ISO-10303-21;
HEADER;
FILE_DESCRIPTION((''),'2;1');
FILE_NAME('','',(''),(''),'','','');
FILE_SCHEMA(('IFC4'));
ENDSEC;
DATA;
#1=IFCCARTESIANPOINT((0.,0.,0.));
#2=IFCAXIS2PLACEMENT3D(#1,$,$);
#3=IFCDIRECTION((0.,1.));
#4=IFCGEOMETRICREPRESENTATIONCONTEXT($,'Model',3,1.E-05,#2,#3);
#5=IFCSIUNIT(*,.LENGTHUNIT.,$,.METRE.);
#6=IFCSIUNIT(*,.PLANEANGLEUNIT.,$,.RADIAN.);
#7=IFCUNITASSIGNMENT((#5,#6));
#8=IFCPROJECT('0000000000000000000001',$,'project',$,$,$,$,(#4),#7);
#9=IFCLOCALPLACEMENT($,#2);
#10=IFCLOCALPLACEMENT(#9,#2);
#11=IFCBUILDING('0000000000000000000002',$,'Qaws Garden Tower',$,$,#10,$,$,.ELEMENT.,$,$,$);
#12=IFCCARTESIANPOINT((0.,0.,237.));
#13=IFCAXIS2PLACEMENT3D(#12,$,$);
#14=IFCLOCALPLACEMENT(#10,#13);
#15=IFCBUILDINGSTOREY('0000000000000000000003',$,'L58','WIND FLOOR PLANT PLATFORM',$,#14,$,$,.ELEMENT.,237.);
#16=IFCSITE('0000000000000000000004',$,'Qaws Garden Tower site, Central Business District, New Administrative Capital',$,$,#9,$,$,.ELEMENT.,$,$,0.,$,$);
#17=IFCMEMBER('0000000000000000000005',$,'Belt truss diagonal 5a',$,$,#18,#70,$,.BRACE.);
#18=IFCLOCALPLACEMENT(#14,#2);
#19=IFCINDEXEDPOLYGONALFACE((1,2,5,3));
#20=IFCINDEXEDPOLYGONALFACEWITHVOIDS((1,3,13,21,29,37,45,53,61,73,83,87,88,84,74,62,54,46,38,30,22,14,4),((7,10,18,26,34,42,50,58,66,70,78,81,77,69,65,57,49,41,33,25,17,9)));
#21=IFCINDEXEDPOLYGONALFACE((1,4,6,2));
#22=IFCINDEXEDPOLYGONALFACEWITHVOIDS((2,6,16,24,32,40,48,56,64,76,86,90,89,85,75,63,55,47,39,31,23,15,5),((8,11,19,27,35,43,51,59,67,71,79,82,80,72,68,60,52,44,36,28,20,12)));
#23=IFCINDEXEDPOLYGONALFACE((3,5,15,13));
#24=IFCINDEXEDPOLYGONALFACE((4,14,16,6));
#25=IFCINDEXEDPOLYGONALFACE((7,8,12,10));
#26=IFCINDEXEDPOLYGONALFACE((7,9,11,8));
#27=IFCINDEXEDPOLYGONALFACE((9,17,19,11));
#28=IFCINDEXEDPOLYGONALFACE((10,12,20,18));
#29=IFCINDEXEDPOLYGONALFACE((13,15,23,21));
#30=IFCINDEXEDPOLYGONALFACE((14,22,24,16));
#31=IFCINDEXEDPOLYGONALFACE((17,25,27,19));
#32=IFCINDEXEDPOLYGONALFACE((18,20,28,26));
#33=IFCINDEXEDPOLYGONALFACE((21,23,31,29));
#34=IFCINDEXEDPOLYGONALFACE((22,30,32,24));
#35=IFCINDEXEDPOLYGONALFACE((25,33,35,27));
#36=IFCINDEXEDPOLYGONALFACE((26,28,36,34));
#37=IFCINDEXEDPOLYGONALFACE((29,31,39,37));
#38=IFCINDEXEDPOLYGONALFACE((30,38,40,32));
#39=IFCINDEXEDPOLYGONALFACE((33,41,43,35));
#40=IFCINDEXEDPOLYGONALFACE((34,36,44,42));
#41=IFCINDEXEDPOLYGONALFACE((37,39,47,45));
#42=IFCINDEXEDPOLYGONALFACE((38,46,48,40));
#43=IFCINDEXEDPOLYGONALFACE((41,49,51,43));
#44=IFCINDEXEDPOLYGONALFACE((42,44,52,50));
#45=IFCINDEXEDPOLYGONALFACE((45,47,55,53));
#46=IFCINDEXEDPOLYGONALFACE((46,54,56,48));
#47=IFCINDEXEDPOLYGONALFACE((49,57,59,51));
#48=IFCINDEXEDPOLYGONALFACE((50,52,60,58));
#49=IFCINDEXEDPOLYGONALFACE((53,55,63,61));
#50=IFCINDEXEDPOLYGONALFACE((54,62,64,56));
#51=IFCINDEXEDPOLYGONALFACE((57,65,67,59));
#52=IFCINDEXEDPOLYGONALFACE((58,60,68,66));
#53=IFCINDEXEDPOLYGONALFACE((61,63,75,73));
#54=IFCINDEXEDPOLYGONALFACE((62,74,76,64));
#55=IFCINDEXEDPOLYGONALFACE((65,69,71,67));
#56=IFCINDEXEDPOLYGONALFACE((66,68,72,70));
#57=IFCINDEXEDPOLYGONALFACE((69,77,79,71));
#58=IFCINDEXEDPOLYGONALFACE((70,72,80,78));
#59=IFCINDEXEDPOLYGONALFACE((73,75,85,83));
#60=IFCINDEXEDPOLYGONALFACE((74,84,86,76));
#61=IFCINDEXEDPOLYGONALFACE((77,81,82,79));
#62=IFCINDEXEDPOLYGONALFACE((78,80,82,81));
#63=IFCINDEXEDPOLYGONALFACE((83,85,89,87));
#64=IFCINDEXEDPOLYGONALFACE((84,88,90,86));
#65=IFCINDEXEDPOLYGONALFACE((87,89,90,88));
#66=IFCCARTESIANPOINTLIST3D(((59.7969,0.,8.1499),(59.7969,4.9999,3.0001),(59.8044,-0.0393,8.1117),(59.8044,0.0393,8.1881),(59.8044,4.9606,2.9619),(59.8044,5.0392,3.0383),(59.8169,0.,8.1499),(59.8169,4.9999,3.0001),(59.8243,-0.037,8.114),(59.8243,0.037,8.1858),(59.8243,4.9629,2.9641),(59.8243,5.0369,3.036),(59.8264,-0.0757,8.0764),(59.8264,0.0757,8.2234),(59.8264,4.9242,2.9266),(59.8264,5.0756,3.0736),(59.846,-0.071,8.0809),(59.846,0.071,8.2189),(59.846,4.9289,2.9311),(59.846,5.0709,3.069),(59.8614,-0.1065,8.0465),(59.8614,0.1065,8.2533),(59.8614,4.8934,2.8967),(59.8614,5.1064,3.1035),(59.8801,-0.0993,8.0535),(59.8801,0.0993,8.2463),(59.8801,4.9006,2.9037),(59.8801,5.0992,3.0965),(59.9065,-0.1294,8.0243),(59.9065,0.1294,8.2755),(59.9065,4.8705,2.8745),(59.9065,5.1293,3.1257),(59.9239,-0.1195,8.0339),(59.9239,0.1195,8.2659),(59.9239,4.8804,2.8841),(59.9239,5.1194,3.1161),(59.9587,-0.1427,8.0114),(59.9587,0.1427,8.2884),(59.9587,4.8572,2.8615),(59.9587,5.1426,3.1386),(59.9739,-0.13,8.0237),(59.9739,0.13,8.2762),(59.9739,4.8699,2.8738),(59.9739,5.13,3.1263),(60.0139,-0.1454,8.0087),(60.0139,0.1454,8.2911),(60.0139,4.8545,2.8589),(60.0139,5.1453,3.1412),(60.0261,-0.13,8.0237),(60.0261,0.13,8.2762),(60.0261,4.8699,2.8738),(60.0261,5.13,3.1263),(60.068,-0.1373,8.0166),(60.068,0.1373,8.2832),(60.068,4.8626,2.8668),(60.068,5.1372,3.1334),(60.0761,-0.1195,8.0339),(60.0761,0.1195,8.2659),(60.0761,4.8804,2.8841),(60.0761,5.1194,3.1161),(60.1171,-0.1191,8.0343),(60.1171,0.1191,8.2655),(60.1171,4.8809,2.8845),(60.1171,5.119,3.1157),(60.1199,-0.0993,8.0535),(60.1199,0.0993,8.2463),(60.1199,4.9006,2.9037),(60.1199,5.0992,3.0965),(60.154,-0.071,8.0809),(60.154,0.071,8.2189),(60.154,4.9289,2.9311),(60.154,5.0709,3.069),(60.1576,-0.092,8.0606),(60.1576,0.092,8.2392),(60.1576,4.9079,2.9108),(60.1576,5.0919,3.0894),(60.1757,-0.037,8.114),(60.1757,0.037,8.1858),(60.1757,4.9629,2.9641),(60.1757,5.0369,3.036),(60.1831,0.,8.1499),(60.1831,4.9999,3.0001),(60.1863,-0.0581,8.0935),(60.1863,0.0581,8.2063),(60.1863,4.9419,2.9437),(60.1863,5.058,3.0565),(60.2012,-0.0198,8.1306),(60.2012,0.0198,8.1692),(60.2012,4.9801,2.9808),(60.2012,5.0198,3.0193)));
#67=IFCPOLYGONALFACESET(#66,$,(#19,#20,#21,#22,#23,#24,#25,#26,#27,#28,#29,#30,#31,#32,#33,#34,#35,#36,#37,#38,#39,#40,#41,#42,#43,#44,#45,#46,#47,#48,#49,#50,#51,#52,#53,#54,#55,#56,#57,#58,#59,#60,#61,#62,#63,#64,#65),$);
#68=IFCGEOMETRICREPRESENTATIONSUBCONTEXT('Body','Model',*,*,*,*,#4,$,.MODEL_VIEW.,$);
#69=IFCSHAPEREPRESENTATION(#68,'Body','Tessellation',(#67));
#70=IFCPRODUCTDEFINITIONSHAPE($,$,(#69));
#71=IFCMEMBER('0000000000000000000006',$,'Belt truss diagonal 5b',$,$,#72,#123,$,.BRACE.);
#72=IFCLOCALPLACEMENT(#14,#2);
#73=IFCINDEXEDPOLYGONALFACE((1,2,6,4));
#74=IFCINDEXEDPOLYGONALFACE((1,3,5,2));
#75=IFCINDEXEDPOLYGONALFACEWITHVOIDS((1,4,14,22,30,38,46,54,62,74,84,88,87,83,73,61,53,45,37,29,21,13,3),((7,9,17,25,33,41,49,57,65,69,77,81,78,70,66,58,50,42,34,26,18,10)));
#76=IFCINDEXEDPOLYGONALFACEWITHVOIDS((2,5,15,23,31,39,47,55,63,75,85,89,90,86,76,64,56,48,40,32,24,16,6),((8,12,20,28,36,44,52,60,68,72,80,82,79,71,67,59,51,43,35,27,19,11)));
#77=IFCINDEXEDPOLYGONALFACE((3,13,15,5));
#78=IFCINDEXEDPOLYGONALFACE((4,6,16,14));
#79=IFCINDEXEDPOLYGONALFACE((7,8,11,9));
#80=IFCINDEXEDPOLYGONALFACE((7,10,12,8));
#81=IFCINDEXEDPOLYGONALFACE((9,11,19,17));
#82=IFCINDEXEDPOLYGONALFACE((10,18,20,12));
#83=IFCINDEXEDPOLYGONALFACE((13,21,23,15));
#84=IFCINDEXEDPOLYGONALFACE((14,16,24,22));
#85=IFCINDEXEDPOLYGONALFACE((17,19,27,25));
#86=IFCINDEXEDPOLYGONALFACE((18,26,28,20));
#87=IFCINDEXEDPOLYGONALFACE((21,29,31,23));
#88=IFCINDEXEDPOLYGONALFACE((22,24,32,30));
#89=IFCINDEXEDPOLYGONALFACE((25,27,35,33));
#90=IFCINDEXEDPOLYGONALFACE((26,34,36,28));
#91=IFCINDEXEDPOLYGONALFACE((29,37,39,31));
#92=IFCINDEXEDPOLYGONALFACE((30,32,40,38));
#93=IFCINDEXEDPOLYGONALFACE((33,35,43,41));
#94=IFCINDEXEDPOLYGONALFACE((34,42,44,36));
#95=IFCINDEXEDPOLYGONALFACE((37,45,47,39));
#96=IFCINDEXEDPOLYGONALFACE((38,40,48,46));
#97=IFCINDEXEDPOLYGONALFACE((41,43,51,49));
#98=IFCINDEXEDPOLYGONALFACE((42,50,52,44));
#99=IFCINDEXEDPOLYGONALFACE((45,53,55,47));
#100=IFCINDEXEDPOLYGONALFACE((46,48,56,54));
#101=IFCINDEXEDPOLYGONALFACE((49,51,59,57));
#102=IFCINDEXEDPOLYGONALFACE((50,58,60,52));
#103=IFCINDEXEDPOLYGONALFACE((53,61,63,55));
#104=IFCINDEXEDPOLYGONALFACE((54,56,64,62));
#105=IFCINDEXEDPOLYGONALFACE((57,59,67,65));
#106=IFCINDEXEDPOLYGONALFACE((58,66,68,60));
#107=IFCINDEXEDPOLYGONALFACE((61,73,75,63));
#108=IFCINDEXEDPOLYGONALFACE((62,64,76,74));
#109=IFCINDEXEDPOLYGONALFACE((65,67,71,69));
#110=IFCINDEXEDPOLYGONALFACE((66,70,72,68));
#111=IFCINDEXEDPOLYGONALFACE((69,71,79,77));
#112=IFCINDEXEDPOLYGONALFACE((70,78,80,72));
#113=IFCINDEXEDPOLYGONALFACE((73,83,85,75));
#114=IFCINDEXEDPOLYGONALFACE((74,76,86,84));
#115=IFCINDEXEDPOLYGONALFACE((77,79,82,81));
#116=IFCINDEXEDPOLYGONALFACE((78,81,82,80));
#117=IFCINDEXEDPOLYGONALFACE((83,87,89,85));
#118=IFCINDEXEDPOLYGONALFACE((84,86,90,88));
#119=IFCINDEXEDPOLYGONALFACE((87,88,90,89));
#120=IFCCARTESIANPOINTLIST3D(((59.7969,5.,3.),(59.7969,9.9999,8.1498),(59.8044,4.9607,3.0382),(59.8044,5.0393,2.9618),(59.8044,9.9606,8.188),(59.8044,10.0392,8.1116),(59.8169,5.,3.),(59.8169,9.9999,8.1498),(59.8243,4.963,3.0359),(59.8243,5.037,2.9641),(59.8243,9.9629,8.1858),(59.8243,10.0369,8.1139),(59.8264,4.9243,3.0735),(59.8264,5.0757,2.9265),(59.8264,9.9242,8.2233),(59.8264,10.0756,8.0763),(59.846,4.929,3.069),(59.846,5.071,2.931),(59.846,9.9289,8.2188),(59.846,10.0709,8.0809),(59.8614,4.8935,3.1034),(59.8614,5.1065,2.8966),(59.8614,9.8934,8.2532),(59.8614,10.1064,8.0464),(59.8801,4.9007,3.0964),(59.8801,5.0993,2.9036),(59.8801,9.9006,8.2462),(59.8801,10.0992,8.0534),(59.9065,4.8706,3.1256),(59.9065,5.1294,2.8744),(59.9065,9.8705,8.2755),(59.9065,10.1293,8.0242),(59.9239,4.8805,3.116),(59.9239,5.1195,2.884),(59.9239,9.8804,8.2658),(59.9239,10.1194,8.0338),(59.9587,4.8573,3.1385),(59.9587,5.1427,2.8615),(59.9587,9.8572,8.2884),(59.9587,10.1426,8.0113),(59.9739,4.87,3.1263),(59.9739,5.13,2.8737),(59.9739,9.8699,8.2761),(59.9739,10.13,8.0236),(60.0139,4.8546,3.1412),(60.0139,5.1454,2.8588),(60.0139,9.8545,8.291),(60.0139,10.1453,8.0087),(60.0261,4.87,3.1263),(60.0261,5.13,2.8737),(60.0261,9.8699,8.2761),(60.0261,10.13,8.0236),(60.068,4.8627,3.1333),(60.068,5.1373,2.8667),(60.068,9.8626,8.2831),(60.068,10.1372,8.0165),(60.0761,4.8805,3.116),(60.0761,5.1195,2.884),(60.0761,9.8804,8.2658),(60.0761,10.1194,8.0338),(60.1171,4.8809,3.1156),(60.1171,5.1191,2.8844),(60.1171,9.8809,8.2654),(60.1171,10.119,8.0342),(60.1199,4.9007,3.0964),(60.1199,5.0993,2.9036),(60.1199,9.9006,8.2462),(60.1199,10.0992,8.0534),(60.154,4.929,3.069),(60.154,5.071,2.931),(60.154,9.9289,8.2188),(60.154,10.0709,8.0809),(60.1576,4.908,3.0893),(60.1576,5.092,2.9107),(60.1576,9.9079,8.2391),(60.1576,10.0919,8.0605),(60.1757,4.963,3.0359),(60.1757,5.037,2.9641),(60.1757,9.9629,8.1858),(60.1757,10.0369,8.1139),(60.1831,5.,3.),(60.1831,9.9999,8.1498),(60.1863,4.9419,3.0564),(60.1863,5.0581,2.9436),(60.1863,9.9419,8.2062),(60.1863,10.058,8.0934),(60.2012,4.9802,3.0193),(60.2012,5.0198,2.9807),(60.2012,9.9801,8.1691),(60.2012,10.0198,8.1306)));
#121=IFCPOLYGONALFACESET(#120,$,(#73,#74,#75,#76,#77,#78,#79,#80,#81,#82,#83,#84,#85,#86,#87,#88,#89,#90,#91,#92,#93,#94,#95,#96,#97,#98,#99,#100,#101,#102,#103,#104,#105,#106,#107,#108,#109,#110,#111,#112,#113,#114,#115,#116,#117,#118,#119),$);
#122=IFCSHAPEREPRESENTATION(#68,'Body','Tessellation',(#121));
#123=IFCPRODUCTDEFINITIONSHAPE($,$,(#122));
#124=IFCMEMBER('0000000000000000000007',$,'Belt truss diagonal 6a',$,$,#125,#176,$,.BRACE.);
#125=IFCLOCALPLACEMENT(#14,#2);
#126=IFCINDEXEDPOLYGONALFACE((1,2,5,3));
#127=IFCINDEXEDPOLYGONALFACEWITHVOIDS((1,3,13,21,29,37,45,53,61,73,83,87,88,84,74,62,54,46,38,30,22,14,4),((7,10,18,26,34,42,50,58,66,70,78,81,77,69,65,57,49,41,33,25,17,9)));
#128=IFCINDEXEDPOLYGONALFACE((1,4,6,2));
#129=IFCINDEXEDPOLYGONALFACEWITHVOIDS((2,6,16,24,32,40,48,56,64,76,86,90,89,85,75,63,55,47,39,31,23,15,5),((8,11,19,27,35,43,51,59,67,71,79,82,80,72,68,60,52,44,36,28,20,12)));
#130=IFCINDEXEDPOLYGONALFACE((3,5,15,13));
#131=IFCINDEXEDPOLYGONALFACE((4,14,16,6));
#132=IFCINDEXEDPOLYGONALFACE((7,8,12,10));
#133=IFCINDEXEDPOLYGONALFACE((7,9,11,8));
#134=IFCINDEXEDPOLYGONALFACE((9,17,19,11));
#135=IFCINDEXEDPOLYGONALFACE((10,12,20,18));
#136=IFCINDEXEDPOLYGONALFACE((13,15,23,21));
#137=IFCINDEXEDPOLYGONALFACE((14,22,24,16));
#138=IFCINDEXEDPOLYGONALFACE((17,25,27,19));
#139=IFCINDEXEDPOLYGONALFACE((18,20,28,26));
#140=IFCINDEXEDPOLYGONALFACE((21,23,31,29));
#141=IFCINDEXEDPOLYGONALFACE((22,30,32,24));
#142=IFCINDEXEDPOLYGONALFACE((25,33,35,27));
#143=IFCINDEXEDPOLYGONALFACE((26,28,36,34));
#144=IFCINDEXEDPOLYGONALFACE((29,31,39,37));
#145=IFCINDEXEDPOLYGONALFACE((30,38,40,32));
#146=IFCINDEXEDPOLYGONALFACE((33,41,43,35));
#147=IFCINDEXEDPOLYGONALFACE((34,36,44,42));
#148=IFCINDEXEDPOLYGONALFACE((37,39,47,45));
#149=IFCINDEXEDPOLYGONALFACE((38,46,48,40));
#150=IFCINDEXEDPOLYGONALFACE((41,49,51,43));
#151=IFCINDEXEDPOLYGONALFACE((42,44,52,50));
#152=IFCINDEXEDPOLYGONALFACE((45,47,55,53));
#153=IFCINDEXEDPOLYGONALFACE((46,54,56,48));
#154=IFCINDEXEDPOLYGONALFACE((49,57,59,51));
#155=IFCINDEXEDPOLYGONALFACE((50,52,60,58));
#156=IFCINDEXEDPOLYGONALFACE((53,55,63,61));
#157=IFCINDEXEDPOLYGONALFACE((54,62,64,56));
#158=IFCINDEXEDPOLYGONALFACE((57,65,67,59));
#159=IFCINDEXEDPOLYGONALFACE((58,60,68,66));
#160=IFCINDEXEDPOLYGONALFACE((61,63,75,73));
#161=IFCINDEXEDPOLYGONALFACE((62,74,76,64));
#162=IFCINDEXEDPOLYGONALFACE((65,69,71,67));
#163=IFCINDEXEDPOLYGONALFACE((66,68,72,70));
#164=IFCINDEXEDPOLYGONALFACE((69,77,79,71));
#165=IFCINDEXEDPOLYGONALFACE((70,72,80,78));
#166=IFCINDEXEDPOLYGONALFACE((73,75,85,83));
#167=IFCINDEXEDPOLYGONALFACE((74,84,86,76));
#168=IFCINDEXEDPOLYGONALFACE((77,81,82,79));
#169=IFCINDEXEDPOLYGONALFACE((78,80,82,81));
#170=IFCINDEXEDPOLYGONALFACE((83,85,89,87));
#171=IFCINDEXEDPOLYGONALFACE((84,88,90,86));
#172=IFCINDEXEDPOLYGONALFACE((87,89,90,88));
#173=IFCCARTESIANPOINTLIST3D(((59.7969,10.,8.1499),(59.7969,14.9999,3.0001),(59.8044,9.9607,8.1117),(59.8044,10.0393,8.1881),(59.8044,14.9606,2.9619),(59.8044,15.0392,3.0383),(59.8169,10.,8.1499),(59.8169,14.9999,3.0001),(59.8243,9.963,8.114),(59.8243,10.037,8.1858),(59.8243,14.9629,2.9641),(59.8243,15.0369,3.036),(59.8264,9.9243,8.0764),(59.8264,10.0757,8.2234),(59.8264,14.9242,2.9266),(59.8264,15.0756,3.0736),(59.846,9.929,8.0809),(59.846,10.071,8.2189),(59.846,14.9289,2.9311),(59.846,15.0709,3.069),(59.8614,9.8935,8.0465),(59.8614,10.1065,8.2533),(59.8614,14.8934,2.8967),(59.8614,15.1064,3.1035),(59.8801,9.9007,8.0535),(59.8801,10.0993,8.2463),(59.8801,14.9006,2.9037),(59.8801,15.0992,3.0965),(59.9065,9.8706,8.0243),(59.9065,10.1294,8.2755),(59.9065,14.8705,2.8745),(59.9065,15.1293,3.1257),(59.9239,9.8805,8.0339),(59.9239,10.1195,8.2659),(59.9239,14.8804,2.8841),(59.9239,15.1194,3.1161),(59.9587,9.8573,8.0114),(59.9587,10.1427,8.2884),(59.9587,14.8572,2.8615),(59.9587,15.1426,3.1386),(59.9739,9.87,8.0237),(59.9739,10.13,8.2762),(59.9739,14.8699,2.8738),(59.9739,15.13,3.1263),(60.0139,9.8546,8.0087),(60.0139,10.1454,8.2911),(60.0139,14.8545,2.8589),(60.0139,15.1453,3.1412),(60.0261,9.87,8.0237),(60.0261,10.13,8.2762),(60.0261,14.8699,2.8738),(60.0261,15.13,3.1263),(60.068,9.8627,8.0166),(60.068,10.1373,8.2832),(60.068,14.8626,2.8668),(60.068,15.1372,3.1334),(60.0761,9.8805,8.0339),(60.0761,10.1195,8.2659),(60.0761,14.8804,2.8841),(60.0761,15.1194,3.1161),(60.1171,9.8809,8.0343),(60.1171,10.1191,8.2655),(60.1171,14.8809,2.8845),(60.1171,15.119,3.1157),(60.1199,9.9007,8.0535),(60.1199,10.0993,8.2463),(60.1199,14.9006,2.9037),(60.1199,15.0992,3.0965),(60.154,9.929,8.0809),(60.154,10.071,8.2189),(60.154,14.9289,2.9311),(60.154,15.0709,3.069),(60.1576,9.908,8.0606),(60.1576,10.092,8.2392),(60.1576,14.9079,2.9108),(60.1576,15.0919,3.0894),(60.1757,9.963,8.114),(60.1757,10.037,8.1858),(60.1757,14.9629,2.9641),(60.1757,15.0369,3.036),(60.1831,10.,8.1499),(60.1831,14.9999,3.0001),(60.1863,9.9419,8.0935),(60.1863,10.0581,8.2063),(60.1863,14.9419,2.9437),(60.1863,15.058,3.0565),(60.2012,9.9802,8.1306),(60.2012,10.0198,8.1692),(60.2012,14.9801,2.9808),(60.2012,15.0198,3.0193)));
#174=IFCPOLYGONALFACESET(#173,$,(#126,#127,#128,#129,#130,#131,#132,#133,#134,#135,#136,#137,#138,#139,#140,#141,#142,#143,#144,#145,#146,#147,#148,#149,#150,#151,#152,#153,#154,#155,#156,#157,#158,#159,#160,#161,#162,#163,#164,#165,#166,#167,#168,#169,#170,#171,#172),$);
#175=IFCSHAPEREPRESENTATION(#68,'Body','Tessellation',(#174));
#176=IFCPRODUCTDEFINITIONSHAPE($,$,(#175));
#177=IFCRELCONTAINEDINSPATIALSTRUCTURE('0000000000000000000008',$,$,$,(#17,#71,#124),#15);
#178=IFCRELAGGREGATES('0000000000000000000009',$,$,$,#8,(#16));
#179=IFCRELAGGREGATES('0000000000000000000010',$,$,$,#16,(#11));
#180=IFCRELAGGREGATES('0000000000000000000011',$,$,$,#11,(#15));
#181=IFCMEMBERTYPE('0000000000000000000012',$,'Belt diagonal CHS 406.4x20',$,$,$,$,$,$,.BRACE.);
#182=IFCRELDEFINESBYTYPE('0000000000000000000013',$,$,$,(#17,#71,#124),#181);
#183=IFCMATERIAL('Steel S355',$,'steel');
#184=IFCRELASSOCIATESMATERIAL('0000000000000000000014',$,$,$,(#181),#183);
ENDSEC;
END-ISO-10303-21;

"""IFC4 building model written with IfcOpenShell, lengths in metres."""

from ifc_helpers import new_model, si_unit, direction, frame, origin, origin_2d, place, context, subcontext, project, spatial, hollow_circle, extrude, material, material_profile, profile_set, type_object, element, save


model = new_model("IFC4")

# Units and contexts
model_context = context("Model", 3, precision=1e-05, world=origin(), true_north=direction((0.0, 1.0)))
body_context = subcontext(model_context, "Body", "Model", "MODEL_VIEW")
ifc_project = project(units=[si_unit("LENGTHUNIT", "METRE"), si_unit("PLANEANGLEUNIT", "RADIAN")], contexts=[model_context])

# Site, building, storey
site_placement = place(None, origin())
site = spatial("IfcSite", under=ifc_project, at=site_placement, Name="Qaws Garden Tower site, Central Business District, New Administrative Capital", CompositionType="ELEMENT", RefElevation=0.0)
building_placement = place(site_placement, origin())
building = spatial("IfcBuilding", under=site, at=building_placement, Name="Qaws Garden Tower", CompositionType="ELEMENT")
storey_placement = place(building_placement, frame((0.0, 0.0, 237.0)))
storey = spatial("IfcBuildingStorey", under=building, at=storey_placement, Name="L58", Description="WIND FLOOR PLANT PLATFORM", CompositionType="ELEMENT", Elevation=237.0)

# Members
ifc_material_1 = material(Name="Steel S355", Category="steel")
ifc_material_profile_1 = material_profile(ifc_material_1, hollow_circle(Radius=0.2031, WallThickness=0.02, at=origin_2d()), Name="CHS 406.4x20")
ifc_profile_set_1 = profile_set([ifc_material_profile_1], Name="Steel S355")
member_type_1 = type_object("IfcMemberType", Name="Belt diagonal CHS 406.4x20", PredefinedType="BRACE", material=ifc_profile_set_1)
for number, where, z_axis, x_axis, name in (
    (1, (60.0, 0.0, 8.1499), (0.0, 0.696588, -0.717472), (-1.0, 0.0, 0.0), "Belt truss diagonal 5a"),
    (2, (60.0, 5.0, 3.0), (0.0, 0.696588, 0.717472), (-1.0, 0.0, 0.0), "Belt truss diagonal 5b"),
    (3, (60.0, 10.0, 8.1499), (0.0, 0.696588, -0.717472), (-1.0, 0.0, 0.0), "Belt truss diagonal 6a"),
):
    element("IfcMember", number, at=place(storey_placement, frame(where, z_axis=z_axis, x_axis=x_axis)), inside=storey, type_object=member_type_1, Name=name, PredefinedType="BRACE", context=body_context, shape_type="SweptSolid", body=[
        extrude(hollow_circle(Radius=0.2031, WallThickness=0.02, at=origin_2d()), origin(), (0.0, 0.0, 1.0), 7.1777),
    ])

save(model, "model.ifc")
